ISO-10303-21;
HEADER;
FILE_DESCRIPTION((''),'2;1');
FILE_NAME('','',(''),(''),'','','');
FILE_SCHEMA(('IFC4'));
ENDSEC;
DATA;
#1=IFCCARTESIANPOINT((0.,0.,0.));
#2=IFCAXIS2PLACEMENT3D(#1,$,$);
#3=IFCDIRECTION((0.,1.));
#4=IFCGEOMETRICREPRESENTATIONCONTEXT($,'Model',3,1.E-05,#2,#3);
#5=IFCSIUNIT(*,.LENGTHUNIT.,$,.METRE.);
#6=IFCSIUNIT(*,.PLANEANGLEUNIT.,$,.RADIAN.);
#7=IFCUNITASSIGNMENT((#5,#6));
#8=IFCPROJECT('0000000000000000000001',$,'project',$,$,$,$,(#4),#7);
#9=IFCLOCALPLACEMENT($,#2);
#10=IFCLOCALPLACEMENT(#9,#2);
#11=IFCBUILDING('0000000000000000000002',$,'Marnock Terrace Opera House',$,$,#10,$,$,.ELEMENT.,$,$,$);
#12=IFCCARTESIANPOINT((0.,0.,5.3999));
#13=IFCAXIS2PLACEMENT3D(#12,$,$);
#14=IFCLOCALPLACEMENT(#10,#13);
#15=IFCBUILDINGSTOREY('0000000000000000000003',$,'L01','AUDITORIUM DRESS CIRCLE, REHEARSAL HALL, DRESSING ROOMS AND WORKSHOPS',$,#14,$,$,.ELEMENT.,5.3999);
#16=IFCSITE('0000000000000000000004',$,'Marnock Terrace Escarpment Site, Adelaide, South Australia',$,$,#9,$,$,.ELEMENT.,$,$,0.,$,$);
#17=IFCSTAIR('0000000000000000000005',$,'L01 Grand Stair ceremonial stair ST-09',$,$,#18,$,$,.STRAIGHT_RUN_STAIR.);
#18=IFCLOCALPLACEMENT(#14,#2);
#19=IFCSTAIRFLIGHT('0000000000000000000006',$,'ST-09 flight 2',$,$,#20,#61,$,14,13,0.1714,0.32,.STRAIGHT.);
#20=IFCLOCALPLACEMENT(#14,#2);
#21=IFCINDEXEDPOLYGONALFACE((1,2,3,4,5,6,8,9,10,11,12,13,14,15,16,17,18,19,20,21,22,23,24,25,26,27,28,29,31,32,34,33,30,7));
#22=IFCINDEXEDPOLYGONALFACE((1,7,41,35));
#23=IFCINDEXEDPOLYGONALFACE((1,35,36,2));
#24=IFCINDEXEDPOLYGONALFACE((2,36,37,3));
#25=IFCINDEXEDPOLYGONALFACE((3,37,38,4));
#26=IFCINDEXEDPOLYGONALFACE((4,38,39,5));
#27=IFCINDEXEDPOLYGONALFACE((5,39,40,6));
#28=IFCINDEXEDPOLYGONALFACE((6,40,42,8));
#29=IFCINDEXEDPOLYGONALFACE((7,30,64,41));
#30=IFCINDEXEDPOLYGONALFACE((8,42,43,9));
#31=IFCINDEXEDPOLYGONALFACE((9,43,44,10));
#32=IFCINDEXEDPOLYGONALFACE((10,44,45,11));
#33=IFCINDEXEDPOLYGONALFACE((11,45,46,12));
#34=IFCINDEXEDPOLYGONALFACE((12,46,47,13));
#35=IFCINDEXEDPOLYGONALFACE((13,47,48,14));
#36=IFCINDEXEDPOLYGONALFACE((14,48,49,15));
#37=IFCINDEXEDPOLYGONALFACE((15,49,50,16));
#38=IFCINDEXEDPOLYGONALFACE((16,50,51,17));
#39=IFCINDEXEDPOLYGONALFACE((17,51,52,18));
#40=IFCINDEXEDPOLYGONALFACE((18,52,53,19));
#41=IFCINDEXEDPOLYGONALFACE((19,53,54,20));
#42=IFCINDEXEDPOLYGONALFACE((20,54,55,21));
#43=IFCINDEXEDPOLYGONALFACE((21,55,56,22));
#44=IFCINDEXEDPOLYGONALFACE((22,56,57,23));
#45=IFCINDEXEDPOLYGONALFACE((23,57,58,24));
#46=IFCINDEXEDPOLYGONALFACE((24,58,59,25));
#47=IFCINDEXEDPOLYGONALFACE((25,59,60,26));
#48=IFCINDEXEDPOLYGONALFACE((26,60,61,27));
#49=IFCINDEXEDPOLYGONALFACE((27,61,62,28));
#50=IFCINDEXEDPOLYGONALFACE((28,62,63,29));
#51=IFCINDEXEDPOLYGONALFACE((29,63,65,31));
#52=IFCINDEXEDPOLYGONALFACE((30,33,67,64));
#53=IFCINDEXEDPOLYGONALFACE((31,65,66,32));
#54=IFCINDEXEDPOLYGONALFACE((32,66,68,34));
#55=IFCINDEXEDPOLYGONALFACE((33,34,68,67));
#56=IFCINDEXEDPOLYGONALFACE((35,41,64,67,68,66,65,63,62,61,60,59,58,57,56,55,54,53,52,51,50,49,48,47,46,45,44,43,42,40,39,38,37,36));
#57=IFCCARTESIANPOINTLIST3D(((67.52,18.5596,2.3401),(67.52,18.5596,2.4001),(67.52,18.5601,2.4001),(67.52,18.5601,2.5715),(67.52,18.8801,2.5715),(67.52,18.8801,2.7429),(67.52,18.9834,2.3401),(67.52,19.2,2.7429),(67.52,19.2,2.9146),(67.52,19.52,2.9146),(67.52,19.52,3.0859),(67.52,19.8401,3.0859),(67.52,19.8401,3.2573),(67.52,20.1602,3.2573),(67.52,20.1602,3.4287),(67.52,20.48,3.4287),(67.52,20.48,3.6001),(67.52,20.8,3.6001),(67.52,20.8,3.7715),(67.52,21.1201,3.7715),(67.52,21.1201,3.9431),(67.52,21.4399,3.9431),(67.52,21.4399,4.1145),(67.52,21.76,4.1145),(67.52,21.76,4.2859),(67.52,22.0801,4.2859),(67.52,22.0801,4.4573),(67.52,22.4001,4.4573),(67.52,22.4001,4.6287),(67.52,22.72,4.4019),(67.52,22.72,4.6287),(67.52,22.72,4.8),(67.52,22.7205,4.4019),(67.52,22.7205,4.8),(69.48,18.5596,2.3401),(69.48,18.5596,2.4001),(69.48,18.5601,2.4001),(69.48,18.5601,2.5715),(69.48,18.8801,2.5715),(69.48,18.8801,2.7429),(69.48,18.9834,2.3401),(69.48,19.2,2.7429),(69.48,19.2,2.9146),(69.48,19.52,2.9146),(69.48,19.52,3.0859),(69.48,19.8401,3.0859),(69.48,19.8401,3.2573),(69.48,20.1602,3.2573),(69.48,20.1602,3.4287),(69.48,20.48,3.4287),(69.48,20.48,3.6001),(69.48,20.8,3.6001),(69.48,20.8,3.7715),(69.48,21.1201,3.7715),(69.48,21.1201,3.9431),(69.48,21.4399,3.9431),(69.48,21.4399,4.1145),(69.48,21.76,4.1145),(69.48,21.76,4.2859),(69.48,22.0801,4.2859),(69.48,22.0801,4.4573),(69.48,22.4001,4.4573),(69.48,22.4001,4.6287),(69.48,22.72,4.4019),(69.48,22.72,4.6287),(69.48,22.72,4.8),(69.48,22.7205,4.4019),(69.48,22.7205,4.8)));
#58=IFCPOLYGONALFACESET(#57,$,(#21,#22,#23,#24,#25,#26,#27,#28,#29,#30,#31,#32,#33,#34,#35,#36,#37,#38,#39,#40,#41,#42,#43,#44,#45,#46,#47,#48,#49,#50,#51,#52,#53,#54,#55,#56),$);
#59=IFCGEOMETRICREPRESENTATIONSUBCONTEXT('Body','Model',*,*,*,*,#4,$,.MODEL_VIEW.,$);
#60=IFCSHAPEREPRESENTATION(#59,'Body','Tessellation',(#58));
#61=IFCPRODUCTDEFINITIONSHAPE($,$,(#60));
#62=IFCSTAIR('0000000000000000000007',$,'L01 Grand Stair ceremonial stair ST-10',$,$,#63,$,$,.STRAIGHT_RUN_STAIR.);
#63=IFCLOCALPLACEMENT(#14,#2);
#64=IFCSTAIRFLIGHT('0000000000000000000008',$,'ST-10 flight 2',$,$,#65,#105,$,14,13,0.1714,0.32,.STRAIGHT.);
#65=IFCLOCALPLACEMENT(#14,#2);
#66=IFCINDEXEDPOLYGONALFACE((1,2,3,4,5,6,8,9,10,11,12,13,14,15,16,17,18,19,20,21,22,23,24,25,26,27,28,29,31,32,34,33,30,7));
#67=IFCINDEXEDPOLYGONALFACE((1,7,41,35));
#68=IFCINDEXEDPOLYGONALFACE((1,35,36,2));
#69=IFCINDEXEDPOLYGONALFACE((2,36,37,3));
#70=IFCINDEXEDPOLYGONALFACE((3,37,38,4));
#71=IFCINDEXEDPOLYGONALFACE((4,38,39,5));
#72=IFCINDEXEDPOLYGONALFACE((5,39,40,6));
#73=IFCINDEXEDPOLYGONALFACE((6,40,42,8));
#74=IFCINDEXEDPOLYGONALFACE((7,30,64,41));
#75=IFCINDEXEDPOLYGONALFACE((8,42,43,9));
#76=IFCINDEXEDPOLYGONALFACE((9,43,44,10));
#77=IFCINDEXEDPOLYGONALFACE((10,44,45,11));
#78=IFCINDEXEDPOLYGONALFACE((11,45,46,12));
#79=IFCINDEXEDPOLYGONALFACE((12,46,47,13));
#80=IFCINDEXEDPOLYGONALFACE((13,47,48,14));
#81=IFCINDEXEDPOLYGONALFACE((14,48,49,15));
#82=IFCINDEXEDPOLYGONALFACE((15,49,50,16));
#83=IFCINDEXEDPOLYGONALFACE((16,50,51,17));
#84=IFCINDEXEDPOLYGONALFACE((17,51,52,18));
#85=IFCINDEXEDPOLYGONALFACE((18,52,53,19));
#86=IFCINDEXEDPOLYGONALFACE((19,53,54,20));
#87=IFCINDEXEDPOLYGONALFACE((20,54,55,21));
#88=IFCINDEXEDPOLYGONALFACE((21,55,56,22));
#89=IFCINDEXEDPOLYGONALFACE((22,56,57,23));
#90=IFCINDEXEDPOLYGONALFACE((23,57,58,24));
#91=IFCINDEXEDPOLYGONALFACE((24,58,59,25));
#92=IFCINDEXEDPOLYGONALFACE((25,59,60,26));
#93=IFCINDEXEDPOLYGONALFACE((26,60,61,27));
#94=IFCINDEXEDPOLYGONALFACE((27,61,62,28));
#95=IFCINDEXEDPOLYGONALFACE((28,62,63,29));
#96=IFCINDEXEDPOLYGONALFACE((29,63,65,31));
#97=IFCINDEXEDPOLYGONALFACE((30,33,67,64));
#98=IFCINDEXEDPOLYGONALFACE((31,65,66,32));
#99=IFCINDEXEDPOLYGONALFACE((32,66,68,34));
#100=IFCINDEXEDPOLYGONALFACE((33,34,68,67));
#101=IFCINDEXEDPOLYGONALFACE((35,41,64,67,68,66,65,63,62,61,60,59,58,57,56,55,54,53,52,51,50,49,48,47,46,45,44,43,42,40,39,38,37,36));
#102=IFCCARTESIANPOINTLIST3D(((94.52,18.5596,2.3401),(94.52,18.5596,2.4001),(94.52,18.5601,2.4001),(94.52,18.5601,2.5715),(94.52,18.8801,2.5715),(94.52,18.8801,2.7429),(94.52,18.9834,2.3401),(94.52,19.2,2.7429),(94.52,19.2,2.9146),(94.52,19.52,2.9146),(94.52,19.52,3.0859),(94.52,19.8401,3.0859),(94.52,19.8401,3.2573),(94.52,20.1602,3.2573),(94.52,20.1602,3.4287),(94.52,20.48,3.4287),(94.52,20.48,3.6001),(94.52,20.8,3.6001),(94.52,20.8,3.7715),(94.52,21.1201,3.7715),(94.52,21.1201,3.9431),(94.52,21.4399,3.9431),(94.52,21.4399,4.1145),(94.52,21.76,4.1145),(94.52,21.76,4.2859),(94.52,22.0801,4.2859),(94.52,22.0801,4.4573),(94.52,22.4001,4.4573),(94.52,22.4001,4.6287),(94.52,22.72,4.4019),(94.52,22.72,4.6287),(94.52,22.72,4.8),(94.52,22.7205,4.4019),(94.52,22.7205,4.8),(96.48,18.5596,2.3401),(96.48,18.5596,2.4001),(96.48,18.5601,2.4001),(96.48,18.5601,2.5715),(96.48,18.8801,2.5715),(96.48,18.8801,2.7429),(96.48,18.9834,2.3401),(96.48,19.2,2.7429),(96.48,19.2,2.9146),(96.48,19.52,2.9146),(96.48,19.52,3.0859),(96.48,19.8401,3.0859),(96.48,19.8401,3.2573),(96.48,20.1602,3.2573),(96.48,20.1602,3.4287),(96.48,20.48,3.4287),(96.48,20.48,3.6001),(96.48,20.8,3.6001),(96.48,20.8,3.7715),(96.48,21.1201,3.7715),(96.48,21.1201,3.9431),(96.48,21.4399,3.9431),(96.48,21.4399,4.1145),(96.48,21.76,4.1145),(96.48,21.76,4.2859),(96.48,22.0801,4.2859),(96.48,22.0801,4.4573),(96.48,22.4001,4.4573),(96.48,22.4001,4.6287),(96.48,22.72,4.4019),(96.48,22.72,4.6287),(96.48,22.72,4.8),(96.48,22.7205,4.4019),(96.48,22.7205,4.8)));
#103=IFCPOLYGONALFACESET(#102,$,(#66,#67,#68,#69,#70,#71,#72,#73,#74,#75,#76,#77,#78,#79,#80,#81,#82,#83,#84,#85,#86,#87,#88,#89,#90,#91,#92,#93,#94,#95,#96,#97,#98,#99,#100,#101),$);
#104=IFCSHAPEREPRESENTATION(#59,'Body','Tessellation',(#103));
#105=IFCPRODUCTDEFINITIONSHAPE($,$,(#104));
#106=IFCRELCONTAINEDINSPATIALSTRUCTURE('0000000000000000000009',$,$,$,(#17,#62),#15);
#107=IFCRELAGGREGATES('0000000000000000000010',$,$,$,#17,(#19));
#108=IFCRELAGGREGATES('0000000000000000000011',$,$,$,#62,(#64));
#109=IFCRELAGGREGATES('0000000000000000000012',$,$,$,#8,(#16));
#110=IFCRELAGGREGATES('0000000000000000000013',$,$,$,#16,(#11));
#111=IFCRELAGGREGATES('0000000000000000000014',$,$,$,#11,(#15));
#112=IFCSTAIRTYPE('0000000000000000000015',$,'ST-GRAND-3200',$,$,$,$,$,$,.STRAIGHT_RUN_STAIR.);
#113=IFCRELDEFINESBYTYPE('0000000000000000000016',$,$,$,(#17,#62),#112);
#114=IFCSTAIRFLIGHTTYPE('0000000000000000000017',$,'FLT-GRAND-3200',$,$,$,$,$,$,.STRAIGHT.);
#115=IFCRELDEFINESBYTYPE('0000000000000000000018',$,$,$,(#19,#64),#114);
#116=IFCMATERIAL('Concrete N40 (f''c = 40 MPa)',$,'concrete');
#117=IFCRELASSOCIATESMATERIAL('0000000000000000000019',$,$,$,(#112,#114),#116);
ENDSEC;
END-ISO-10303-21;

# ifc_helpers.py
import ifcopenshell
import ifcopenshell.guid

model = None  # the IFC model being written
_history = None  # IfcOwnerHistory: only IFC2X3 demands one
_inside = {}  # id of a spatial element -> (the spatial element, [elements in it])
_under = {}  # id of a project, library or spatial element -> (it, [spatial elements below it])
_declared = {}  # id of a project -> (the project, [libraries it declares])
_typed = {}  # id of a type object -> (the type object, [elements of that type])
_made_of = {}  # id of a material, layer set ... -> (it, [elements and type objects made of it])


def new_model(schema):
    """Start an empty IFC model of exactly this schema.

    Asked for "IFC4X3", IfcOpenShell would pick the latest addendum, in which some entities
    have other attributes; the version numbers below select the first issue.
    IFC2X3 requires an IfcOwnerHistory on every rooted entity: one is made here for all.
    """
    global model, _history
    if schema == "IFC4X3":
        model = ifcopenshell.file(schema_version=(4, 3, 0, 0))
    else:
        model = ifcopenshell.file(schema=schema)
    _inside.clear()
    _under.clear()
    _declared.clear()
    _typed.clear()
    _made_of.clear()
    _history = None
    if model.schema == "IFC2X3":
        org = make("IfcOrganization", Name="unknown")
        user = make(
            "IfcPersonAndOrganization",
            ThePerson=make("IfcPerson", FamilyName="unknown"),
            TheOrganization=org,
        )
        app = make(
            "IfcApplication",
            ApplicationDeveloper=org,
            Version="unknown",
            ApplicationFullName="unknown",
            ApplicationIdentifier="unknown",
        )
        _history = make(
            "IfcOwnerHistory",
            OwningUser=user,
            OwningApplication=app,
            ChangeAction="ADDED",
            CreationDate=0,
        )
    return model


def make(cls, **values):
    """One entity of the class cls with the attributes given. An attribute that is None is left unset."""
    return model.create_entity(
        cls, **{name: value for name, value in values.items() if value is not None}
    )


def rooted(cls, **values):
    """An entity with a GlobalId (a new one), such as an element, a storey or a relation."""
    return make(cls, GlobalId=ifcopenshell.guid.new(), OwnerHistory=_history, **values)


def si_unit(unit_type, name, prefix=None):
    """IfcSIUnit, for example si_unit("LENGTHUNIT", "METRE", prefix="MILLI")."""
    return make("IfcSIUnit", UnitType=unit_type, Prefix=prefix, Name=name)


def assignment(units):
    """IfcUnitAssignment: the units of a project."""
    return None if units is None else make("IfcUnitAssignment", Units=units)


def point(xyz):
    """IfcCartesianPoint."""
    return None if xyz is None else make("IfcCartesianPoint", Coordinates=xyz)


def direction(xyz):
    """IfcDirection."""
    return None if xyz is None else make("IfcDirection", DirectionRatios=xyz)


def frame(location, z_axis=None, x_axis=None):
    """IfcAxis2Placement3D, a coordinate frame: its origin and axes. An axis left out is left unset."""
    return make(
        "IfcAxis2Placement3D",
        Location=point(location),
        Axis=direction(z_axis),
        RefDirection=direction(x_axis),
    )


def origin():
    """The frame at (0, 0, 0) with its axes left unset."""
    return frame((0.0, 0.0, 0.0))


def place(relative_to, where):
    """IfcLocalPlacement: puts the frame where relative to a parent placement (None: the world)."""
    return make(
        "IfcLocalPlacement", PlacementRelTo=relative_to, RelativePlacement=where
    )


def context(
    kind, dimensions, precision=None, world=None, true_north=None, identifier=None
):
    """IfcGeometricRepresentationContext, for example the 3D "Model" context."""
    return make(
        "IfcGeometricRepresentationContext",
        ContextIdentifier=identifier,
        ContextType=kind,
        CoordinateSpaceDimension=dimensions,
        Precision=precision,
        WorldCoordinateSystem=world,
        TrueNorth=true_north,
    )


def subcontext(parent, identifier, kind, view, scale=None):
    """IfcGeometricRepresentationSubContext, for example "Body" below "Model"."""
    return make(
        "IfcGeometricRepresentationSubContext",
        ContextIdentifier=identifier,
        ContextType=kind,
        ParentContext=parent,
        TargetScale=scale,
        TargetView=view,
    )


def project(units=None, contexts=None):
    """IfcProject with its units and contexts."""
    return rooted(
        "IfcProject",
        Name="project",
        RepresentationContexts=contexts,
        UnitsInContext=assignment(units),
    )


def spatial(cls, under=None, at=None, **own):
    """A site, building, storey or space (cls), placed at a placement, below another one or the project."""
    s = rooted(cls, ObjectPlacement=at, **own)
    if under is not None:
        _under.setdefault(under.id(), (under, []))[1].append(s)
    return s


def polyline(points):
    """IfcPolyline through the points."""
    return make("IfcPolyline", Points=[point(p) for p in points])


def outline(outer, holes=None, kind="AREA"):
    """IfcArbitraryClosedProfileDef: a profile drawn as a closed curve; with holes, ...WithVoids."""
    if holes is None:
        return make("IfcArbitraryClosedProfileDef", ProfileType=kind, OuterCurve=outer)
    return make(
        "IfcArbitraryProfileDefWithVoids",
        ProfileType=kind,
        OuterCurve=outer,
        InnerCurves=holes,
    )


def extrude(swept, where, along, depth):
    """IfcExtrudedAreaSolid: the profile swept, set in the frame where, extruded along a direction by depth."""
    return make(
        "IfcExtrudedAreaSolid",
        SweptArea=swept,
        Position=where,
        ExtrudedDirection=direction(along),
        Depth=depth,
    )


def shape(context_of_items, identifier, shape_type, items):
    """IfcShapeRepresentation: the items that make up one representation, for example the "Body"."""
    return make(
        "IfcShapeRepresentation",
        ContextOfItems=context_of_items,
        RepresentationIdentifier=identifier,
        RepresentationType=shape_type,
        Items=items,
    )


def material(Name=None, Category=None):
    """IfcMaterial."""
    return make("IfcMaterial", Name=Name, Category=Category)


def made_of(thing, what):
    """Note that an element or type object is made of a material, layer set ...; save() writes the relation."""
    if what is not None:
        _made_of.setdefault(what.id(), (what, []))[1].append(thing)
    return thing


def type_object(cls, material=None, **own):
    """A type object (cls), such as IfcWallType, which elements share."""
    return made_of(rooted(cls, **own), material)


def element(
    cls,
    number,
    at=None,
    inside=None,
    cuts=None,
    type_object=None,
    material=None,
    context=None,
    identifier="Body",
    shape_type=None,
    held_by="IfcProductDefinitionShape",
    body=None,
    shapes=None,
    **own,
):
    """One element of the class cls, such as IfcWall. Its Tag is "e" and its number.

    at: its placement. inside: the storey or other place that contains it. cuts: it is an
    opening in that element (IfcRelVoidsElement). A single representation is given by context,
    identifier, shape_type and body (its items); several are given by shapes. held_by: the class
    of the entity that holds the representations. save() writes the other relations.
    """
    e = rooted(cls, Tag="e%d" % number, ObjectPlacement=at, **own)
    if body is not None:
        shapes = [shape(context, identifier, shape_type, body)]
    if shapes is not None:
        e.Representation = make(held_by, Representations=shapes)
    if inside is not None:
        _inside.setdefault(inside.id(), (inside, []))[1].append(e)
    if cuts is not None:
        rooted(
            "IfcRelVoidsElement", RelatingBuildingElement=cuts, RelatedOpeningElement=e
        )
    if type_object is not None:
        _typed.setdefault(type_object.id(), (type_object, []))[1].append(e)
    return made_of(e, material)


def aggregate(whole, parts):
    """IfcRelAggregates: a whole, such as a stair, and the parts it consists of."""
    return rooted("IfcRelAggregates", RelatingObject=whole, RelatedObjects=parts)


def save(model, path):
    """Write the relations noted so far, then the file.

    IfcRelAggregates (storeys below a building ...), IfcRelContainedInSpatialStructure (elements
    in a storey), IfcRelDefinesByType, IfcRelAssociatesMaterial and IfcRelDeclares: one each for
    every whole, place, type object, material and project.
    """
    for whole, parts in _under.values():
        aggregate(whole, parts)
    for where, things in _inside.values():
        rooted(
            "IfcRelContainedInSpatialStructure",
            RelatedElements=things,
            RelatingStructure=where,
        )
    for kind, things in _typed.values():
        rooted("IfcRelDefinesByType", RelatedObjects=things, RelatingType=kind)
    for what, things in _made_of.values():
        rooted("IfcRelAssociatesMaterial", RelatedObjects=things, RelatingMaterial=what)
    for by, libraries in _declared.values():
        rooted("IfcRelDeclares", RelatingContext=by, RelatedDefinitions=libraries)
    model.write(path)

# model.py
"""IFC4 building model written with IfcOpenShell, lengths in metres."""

from ifc_helpers import new_model, si_unit, direction, frame, origin, place, context, subcontext, project, spatial, polyline, outline, extrude, material, type_object, element, aggregate, save


model = new_model("IFC4")

# Units and contexts
model_context = context("Model", 3, precision=1e-05, world=origin(), true_north=direction((0.0, 1.0)))
body_context = subcontext(model_context, "Body", "Model", "MODEL_VIEW")
ifc_project = project(units=[si_unit("LENGTHUNIT", "METRE"), si_unit("PLANEANGLEUNIT", "RADIAN")], contexts=[model_context])

# Site, building, storey
site_placement = place(None, origin())
site = spatial("IfcSite", under=ifc_project, at=site_placement, Name="Marnock Terrace Escarpment Site, Adelaide, South Australia", CompositionType="ELEMENT", RefElevation=0.0)
building_placement = place(site_placement, origin())
building = spatial("IfcBuilding", under=site, at=building_placement, Name="Marnock Terrace Opera House", CompositionType="ELEMENT")
storey_placement = place(building_placement, frame((0.0, 0.0, 5.3999)))
storey = spatial("IfcBuildingStorey", under=building, at=storey_placement, Name="L01", Description="AUDITORIUM DRESS CIRCLE, REHEARSAL HALL, DRESSING ROOMS AND WORKSHOPS", CompositionType="ELEMENT", Elevation=5.3999)

# Stairs, stair flights
ifc_material_1 = material(Name="Concrete N40 (f'c = 40 MPa)", Category="concrete")
stair_type = type_object("IfcStairType", Name="ST-GRAND-3200", PredefinedType="STRAIGHT_RUN_STAIR", material=ifc_material_1)
stair_1_placement = place(storey_placement, origin())
stair_1 = element("IfcStair", 1, at=stair_1_placement, inside=storey, type_object=stair_type, Name="L01 Grand Stair ceremonial stair ST-09", PredefinedType="STRAIGHT_RUN_STAIR")
stair_flight_type = type_object("IfcStairFlightType", Name="FLT-GRAND-3200", PredefinedType="STRAIGHT", material=ifc_material_1)
stair_flight_1_placement = place(storey_placement, frame((68.5, 18.5601, 2.4001), z_axis=(0.0, 0.0, 1.0), x_axis=(0.0, 1.0, 0.0)))
stair_flight_1 = element("IfcStairFlight", 2, at=stair_flight_1_placement, type_object=stair_flight_type, Name="ST-09 flight 2", NumberOfRisers=14, NumberOfTreads=13, PredefinedType="STRAIGHT", RiserHeight=0.1714, TreadLength=0.32, context=body_context, shape_type="SweptSolid", body=[
    extrude(outline(polyline([(-0.0005, -0.0601), (-0.0005, 0.0), (0.0, 0.0), (0.0, 0.1714), (0.3201, 0.1714), (0.3201, 0.3428), (0.6399, 0.3428), (0.6399, 0.5144), (0.96, 0.5144), (0.96, 0.6858), (1.28, 0.6858), (1.28, 0.8572), (1.6001, 0.8572), (1.6001, 1.0286), (1.9199, 1.0286), (1.9199, 1.2), (2.24, 1.2), (2.24, 1.3713), (2.5601, 1.3713), (2.5601, 1.543), (2.8799, 1.543), (2.8799, 1.7144), (3.2, 1.7144), (3.2, 1.8857), (3.52, 1.8857), (3.52, 2.0571), (3.8401, 2.0571), (3.8401, 2.2285), (4.1599, 2.2285), (4.1599, 2.3999), (4.1604, 2.3999), (4.1604, 2.0017), (4.1599, 2.0017), (0.4233, -0.0601), (-0.0005, -0.0601)])), frame((0.0, 0.98, 0.0), z_axis=(0.0, -1.0, 0.0), x_axis=(1.0, 0.0, 0.0)), (0.0, 0.0, 1.0), 1.96),
])
aggregate(stair_1, [stair_flight_1])
stair_2_placement = place(storey_placement, origin())
stair_2 = element("IfcStair", 3, at=stair_2_placement, inside=storey, type_object=stair_type, Name="L01 Grand Stair ceremonial stair ST-10", PredefinedType="STRAIGHT_RUN_STAIR")
stair_flight_2_placement = place(storey_placement, frame((95.5, 18.5601, 2.4001), z_axis=(0.0, 0.0, 1.0), x_axis=(0.0, 1.0, 0.0)))
stair_flight_2 = element("IfcStairFlight", 4, at=stair_flight_2_placement, type_object=stair_flight_type, Name="ST-10 flight 2", NumberOfRisers=14, NumberOfTreads=13, PredefinedType="STRAIGHT", RiserHeight=0.1714, TreadLength=0.32, context=body_context, shape_type="SweptSolid", body=[
    extrude(outline(polyline([(-0.0005, -0.0601), (-0.0005, 0.0), (0.0, 0.0), (0.0, 0.1714), (0.3201, 0.1714), (0.3201, 0.3428), (0.6399, 0.3428), (0.6399, 0.5144), (0.96, 0.5144), (0.96, 0.6858), (1.28, 0.6858), (1.28, 0.8572), (1.6001, 0.8572), (1.6001, 1.0286), (1.9199, 1.0286), (1.9199, 1.2), (2.24, 1.2), (2.24, 1.3713), (2.5601, 1.3713), (2.5601, 1.543), (2.8799, 1.543), (2.8799, 1.7144), (3.2, 1.7144), (3.2, 1.8857), (3.52, 1.8857), (3.52, 2.0571), (3.8401, 2.0571), (3.8401, 2.2285), (4.1599, 2.2285), (4.1599, 2.3999), (4.1604, 2.3999), (4.1604, 2.0017), (4.1599, 2.0017), (0.4233, -0.0601), (-0.0005, -0.0601)])), frame((0.0, 0.98, 0.0), z_axis=(0.0, -1.0, 0.0), x_axis=(1.0, 0.0, 0.0)), (0.0, 0.0, 1.0), 1.96),
])
aggregate(stair_2, [stair_flight_2])

save(model, "model.ifc")
